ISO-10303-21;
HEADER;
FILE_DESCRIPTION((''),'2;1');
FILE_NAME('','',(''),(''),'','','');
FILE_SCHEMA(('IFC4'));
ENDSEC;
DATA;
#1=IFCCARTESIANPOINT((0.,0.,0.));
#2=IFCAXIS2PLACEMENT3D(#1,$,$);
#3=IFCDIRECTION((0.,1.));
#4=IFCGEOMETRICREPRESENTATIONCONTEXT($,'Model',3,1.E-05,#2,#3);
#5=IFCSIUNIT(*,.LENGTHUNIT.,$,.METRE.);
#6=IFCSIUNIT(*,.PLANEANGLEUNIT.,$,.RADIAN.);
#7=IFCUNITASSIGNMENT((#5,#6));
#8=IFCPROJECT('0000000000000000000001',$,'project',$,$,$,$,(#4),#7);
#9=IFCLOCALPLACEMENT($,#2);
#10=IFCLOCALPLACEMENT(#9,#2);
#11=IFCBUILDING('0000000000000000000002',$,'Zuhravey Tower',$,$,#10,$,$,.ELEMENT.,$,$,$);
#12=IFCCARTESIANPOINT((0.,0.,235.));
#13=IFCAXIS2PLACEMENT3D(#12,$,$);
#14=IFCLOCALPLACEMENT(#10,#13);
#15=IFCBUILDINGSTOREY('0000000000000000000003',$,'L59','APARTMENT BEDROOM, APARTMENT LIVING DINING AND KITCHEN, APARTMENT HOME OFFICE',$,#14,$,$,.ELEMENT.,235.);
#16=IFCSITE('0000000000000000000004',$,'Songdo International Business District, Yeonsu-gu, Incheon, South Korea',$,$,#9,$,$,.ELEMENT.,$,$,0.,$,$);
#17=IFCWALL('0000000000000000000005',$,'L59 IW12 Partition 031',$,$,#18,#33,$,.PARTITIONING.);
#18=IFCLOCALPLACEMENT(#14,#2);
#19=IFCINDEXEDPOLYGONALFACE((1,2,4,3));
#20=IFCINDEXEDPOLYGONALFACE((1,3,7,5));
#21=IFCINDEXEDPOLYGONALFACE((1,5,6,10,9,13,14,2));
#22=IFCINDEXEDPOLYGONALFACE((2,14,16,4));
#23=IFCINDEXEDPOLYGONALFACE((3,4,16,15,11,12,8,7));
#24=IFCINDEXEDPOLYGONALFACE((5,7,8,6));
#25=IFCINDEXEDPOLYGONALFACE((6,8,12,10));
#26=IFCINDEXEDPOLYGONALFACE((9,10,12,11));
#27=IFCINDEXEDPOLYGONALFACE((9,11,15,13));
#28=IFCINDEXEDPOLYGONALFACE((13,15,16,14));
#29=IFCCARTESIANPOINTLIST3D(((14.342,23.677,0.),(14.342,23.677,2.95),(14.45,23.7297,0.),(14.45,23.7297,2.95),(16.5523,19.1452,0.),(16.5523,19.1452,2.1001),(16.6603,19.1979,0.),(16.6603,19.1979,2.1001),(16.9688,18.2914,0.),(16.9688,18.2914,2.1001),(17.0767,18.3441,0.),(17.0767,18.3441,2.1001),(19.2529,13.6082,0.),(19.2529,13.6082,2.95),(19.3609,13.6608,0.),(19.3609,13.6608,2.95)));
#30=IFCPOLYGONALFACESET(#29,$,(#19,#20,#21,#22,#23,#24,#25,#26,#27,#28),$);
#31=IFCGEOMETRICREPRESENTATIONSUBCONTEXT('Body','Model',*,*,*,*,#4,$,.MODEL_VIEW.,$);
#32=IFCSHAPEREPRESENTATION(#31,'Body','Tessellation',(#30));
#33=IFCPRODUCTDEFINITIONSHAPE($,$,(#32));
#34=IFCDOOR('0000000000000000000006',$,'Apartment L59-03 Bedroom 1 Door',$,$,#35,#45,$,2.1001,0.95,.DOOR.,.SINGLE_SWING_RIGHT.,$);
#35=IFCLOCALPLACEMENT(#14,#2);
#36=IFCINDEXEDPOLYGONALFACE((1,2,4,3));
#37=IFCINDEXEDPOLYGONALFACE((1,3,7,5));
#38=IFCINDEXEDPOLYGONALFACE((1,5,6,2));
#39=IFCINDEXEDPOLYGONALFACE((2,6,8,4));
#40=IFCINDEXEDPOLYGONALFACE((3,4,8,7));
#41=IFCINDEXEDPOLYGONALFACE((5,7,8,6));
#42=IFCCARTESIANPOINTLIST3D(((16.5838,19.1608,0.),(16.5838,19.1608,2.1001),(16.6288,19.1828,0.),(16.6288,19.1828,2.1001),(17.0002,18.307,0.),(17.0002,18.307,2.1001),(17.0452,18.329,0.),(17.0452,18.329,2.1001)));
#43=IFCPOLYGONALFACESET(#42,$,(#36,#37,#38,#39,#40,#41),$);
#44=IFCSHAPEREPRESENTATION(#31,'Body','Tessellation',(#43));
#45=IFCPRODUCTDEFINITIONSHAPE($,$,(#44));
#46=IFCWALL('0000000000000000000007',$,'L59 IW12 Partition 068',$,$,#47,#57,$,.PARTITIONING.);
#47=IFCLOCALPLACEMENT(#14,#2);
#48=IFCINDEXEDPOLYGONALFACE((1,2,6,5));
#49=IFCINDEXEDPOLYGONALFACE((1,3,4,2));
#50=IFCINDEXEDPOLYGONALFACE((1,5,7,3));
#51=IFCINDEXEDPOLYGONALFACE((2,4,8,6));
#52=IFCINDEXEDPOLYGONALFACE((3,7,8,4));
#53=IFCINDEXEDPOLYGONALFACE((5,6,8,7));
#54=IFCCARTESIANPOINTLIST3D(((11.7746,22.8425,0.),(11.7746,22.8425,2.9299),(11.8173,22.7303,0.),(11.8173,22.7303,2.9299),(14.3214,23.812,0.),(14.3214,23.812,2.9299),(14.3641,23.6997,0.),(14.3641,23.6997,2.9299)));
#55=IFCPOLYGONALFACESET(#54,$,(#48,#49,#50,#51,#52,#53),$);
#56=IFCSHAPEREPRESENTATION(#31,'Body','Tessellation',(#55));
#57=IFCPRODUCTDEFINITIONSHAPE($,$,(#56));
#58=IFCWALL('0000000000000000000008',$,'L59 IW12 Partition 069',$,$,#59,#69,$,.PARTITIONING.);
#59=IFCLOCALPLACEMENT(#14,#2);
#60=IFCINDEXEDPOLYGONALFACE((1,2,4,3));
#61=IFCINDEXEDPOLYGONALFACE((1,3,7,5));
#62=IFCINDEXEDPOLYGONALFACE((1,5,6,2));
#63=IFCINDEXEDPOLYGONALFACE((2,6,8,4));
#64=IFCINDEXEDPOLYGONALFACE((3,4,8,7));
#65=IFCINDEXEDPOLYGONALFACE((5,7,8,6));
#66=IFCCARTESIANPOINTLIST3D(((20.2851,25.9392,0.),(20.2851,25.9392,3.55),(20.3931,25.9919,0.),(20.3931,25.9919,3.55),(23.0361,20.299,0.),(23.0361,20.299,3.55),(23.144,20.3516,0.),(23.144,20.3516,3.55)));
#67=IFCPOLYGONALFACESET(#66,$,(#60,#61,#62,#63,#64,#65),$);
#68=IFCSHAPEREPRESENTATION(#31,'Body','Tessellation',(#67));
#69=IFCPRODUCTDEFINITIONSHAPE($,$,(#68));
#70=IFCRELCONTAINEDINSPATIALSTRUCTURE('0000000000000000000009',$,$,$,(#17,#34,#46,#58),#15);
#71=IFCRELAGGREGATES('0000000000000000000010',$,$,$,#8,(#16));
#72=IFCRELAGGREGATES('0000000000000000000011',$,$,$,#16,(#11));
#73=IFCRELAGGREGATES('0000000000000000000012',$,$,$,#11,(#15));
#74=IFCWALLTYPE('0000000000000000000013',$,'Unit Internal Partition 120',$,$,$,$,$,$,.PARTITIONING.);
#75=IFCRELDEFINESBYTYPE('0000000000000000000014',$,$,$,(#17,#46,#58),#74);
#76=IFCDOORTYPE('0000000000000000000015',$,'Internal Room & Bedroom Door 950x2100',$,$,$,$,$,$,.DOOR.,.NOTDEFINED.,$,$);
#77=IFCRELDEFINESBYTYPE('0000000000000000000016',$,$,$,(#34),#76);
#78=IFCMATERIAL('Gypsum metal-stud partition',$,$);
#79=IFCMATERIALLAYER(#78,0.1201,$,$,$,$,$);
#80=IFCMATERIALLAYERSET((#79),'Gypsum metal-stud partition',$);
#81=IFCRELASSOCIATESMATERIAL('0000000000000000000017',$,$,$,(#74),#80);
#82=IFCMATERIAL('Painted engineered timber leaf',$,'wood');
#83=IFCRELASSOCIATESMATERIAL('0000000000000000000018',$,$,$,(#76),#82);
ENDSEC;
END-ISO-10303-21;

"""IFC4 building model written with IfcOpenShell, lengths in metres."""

from ifc_helpers import new_model, si_unit, direction, frame, frame_2d, origin, place, context, subcontext, project, spatial, rectangle, extrude, material, layer, layer_set, type_object, element, fill, save


model = new_model("IFC4")

# Units and contexts
model_context = context("Model", 3, precision=1e-05, world=origin(), true_north=direction((0.0, 1.0)))
body_context = subcontext(model_context, "Body", "Model", "MODEL_VIEW")
ifc_project = project(units=[si_unit("LENGTHUNIT", "METRE"), si_unit("PLANEANGLEUNIT", "RADIAN")], contexts=[model_context])

# Site, building, storey
site_placement = place(None, origin())
site = spatial("IfcSite", under=ifc_project, at=site_placement, Name="Songdo International Business District, Yeonsu-gu, Incheon, South Korea", CompositionType="ELEMENT", RefElevation=0.0)
building_placement = place(site_placement, origin())
building = spatial("IfcBuilding", under=site, at=building_placement, Name="Zuhravey Tower", CompositionType="ELEMENT")
storey_placement = place(building_placement, frame((0.0, 0.0, 235.0)))
storey = spatial("IfcBuildingStorey", under=building, at=storey_placement, Name="L59", Description="APARTMENT BEDROOM, APARTMENT LIVING DINING AND KITCHEN, APARTMENT HOME OFFICE", CompositionType="ELEMENT", Elevation=235.0)

# Wall, opening, door
ifc_material_1 = material(Name="Gypsum metal-stud partition")
ifc_layer_1 = layer(ifc_material_1, 0.1201)
ifc_layer_set_1 = layer_set([ifc_layer_1], Name="Gypsum metal-stud partition")
wall_type_1 = type_object("IfcWallType", Name="Unit Internal Partition 120", PredefinedType="PARTITIONING", material=ifc_layer_set_1)
ifc_material_2 = material(Name="Painted engineered timber leaf", Category="wood")
door_type_1 = type_object("IfcDoorType", Name="Internal Room & Bedroom Door 950x2100", OperationType="NOTDEFINED", PredefinedType="DOOR", material=ifc_material_2)
wall_1_placement = place(storey_placement, frame((14.396, 23.7034, 0.0), z_axis=(0.0, 0.0, 1.0), x_axis=(0.43837, -0.898795, 0.0)))
wall_1 = element("IfcWall", 1, at=wall_1_placement, inside=storey, type_object=wall_type_1, Name="L59 IW12 Partition 031", PredefinedType="PARTITIONING", context=body_context, shape_type="SweptSolid", body=[
    extrude(rectangle(XDim=11.2026, YDim=0.1201, at=frame_2d((5.6013, 0.0))), origin(), (0.0, 0.0, 1.0), 2.95),
])
opening_1_placement = place(wall_1_placement, frame((5.042, 0.0, 0.0)))
opening_1 = element("IfcOpeningElement", 2, at=opening_1_placement, cuts=wall_1, PredefinedType="OPENING", context=body_context, shape_type="SweptSolid", body=[
    extrude(rectangle(XDim=0.95, YDim=2.1001, at=frame_2d((0.4751, 1.05))), frame((0.0, 0.072, 0.0), z_axis=(0.0, -1.0, 0.0), x_axis=(1.0, 0.0, 0.0)), (0.0, 0.0, 1.0), 0.144),
])
door_1_placement = place(opening_1_placement, frame((0.95, 0.0, 0.0), z_axis=(0.0, 0.0, 1.0), x_axis=(-1.0, 0.0, 0.0)))
door_1 = element("IfcDoor", 3, at=door_1_placement, inside=storey, type_object=door_type_1, Name="Apartment L59-03 Bedroom 1 Door", OperationType="SINGLE_SWING_RIGHT", OverallHeight=2.1001, OverallWidth=0.95, PredefinedType="DOOR", context=body_context, shape_type="SweptSolid", body=[
    extrude(rectangle(XDim=0.95, YDim=2.1001, at=frame_2d((0.4751, 1.05))), frame((0.0, 0.0249, 0.0), z_axis=(0.0, -1.0, 0.0), x_axis=(1.0, 0.0, 0.0)), (0.0, 0.0, 1.0), 0.05),
])
fill(opening_1, door_1)

# Walls
wall_2_placement = place(storey_placement, frame((14.3428, 23.7559, 0.0), z_axis=(0.0, 0.0, 1.0), x_axis=(-0.93458, -0.355753, 0.0)))
element("IfcWall", 4, at=wall_2_placement, inside=storey, type_object=wall_type_1, Name="L59 IW12 Partition 068", PredefinedType="PARTITIONING", context=body_context, shape_type="SweptSolid", body=[
    extrude(rectangle(XDim=2.7251, YDim=0.1201, at=frame_2d((1.3625, 0.0))), origin(), (0.0, 0.0, 1.0), 2.9299),
])
wall_3_placement = place(storey_placement, frame((20.3391, 25.9656, 0.0), z_axis=(0.0, 0.0, 1.0), x_axis=(0.438368, -0.898795, 0.0)))
element("IfcWall", 5, at=wall_3_placement, inside=storey, type_object=wall_type_1, Name="L59 IW12 Partition 069", PredefinedType="PARTITIONING", context=body_context, shape_type="SweptSolid", body=[
    extrude(rectangle(XDim=6.2754, YDim=0.1201, at=frame_2d((3.1377, 0.0))), origin(), (0.0, 0.0, 1.0), 3.55),
])

save(model, "model.ifc")
